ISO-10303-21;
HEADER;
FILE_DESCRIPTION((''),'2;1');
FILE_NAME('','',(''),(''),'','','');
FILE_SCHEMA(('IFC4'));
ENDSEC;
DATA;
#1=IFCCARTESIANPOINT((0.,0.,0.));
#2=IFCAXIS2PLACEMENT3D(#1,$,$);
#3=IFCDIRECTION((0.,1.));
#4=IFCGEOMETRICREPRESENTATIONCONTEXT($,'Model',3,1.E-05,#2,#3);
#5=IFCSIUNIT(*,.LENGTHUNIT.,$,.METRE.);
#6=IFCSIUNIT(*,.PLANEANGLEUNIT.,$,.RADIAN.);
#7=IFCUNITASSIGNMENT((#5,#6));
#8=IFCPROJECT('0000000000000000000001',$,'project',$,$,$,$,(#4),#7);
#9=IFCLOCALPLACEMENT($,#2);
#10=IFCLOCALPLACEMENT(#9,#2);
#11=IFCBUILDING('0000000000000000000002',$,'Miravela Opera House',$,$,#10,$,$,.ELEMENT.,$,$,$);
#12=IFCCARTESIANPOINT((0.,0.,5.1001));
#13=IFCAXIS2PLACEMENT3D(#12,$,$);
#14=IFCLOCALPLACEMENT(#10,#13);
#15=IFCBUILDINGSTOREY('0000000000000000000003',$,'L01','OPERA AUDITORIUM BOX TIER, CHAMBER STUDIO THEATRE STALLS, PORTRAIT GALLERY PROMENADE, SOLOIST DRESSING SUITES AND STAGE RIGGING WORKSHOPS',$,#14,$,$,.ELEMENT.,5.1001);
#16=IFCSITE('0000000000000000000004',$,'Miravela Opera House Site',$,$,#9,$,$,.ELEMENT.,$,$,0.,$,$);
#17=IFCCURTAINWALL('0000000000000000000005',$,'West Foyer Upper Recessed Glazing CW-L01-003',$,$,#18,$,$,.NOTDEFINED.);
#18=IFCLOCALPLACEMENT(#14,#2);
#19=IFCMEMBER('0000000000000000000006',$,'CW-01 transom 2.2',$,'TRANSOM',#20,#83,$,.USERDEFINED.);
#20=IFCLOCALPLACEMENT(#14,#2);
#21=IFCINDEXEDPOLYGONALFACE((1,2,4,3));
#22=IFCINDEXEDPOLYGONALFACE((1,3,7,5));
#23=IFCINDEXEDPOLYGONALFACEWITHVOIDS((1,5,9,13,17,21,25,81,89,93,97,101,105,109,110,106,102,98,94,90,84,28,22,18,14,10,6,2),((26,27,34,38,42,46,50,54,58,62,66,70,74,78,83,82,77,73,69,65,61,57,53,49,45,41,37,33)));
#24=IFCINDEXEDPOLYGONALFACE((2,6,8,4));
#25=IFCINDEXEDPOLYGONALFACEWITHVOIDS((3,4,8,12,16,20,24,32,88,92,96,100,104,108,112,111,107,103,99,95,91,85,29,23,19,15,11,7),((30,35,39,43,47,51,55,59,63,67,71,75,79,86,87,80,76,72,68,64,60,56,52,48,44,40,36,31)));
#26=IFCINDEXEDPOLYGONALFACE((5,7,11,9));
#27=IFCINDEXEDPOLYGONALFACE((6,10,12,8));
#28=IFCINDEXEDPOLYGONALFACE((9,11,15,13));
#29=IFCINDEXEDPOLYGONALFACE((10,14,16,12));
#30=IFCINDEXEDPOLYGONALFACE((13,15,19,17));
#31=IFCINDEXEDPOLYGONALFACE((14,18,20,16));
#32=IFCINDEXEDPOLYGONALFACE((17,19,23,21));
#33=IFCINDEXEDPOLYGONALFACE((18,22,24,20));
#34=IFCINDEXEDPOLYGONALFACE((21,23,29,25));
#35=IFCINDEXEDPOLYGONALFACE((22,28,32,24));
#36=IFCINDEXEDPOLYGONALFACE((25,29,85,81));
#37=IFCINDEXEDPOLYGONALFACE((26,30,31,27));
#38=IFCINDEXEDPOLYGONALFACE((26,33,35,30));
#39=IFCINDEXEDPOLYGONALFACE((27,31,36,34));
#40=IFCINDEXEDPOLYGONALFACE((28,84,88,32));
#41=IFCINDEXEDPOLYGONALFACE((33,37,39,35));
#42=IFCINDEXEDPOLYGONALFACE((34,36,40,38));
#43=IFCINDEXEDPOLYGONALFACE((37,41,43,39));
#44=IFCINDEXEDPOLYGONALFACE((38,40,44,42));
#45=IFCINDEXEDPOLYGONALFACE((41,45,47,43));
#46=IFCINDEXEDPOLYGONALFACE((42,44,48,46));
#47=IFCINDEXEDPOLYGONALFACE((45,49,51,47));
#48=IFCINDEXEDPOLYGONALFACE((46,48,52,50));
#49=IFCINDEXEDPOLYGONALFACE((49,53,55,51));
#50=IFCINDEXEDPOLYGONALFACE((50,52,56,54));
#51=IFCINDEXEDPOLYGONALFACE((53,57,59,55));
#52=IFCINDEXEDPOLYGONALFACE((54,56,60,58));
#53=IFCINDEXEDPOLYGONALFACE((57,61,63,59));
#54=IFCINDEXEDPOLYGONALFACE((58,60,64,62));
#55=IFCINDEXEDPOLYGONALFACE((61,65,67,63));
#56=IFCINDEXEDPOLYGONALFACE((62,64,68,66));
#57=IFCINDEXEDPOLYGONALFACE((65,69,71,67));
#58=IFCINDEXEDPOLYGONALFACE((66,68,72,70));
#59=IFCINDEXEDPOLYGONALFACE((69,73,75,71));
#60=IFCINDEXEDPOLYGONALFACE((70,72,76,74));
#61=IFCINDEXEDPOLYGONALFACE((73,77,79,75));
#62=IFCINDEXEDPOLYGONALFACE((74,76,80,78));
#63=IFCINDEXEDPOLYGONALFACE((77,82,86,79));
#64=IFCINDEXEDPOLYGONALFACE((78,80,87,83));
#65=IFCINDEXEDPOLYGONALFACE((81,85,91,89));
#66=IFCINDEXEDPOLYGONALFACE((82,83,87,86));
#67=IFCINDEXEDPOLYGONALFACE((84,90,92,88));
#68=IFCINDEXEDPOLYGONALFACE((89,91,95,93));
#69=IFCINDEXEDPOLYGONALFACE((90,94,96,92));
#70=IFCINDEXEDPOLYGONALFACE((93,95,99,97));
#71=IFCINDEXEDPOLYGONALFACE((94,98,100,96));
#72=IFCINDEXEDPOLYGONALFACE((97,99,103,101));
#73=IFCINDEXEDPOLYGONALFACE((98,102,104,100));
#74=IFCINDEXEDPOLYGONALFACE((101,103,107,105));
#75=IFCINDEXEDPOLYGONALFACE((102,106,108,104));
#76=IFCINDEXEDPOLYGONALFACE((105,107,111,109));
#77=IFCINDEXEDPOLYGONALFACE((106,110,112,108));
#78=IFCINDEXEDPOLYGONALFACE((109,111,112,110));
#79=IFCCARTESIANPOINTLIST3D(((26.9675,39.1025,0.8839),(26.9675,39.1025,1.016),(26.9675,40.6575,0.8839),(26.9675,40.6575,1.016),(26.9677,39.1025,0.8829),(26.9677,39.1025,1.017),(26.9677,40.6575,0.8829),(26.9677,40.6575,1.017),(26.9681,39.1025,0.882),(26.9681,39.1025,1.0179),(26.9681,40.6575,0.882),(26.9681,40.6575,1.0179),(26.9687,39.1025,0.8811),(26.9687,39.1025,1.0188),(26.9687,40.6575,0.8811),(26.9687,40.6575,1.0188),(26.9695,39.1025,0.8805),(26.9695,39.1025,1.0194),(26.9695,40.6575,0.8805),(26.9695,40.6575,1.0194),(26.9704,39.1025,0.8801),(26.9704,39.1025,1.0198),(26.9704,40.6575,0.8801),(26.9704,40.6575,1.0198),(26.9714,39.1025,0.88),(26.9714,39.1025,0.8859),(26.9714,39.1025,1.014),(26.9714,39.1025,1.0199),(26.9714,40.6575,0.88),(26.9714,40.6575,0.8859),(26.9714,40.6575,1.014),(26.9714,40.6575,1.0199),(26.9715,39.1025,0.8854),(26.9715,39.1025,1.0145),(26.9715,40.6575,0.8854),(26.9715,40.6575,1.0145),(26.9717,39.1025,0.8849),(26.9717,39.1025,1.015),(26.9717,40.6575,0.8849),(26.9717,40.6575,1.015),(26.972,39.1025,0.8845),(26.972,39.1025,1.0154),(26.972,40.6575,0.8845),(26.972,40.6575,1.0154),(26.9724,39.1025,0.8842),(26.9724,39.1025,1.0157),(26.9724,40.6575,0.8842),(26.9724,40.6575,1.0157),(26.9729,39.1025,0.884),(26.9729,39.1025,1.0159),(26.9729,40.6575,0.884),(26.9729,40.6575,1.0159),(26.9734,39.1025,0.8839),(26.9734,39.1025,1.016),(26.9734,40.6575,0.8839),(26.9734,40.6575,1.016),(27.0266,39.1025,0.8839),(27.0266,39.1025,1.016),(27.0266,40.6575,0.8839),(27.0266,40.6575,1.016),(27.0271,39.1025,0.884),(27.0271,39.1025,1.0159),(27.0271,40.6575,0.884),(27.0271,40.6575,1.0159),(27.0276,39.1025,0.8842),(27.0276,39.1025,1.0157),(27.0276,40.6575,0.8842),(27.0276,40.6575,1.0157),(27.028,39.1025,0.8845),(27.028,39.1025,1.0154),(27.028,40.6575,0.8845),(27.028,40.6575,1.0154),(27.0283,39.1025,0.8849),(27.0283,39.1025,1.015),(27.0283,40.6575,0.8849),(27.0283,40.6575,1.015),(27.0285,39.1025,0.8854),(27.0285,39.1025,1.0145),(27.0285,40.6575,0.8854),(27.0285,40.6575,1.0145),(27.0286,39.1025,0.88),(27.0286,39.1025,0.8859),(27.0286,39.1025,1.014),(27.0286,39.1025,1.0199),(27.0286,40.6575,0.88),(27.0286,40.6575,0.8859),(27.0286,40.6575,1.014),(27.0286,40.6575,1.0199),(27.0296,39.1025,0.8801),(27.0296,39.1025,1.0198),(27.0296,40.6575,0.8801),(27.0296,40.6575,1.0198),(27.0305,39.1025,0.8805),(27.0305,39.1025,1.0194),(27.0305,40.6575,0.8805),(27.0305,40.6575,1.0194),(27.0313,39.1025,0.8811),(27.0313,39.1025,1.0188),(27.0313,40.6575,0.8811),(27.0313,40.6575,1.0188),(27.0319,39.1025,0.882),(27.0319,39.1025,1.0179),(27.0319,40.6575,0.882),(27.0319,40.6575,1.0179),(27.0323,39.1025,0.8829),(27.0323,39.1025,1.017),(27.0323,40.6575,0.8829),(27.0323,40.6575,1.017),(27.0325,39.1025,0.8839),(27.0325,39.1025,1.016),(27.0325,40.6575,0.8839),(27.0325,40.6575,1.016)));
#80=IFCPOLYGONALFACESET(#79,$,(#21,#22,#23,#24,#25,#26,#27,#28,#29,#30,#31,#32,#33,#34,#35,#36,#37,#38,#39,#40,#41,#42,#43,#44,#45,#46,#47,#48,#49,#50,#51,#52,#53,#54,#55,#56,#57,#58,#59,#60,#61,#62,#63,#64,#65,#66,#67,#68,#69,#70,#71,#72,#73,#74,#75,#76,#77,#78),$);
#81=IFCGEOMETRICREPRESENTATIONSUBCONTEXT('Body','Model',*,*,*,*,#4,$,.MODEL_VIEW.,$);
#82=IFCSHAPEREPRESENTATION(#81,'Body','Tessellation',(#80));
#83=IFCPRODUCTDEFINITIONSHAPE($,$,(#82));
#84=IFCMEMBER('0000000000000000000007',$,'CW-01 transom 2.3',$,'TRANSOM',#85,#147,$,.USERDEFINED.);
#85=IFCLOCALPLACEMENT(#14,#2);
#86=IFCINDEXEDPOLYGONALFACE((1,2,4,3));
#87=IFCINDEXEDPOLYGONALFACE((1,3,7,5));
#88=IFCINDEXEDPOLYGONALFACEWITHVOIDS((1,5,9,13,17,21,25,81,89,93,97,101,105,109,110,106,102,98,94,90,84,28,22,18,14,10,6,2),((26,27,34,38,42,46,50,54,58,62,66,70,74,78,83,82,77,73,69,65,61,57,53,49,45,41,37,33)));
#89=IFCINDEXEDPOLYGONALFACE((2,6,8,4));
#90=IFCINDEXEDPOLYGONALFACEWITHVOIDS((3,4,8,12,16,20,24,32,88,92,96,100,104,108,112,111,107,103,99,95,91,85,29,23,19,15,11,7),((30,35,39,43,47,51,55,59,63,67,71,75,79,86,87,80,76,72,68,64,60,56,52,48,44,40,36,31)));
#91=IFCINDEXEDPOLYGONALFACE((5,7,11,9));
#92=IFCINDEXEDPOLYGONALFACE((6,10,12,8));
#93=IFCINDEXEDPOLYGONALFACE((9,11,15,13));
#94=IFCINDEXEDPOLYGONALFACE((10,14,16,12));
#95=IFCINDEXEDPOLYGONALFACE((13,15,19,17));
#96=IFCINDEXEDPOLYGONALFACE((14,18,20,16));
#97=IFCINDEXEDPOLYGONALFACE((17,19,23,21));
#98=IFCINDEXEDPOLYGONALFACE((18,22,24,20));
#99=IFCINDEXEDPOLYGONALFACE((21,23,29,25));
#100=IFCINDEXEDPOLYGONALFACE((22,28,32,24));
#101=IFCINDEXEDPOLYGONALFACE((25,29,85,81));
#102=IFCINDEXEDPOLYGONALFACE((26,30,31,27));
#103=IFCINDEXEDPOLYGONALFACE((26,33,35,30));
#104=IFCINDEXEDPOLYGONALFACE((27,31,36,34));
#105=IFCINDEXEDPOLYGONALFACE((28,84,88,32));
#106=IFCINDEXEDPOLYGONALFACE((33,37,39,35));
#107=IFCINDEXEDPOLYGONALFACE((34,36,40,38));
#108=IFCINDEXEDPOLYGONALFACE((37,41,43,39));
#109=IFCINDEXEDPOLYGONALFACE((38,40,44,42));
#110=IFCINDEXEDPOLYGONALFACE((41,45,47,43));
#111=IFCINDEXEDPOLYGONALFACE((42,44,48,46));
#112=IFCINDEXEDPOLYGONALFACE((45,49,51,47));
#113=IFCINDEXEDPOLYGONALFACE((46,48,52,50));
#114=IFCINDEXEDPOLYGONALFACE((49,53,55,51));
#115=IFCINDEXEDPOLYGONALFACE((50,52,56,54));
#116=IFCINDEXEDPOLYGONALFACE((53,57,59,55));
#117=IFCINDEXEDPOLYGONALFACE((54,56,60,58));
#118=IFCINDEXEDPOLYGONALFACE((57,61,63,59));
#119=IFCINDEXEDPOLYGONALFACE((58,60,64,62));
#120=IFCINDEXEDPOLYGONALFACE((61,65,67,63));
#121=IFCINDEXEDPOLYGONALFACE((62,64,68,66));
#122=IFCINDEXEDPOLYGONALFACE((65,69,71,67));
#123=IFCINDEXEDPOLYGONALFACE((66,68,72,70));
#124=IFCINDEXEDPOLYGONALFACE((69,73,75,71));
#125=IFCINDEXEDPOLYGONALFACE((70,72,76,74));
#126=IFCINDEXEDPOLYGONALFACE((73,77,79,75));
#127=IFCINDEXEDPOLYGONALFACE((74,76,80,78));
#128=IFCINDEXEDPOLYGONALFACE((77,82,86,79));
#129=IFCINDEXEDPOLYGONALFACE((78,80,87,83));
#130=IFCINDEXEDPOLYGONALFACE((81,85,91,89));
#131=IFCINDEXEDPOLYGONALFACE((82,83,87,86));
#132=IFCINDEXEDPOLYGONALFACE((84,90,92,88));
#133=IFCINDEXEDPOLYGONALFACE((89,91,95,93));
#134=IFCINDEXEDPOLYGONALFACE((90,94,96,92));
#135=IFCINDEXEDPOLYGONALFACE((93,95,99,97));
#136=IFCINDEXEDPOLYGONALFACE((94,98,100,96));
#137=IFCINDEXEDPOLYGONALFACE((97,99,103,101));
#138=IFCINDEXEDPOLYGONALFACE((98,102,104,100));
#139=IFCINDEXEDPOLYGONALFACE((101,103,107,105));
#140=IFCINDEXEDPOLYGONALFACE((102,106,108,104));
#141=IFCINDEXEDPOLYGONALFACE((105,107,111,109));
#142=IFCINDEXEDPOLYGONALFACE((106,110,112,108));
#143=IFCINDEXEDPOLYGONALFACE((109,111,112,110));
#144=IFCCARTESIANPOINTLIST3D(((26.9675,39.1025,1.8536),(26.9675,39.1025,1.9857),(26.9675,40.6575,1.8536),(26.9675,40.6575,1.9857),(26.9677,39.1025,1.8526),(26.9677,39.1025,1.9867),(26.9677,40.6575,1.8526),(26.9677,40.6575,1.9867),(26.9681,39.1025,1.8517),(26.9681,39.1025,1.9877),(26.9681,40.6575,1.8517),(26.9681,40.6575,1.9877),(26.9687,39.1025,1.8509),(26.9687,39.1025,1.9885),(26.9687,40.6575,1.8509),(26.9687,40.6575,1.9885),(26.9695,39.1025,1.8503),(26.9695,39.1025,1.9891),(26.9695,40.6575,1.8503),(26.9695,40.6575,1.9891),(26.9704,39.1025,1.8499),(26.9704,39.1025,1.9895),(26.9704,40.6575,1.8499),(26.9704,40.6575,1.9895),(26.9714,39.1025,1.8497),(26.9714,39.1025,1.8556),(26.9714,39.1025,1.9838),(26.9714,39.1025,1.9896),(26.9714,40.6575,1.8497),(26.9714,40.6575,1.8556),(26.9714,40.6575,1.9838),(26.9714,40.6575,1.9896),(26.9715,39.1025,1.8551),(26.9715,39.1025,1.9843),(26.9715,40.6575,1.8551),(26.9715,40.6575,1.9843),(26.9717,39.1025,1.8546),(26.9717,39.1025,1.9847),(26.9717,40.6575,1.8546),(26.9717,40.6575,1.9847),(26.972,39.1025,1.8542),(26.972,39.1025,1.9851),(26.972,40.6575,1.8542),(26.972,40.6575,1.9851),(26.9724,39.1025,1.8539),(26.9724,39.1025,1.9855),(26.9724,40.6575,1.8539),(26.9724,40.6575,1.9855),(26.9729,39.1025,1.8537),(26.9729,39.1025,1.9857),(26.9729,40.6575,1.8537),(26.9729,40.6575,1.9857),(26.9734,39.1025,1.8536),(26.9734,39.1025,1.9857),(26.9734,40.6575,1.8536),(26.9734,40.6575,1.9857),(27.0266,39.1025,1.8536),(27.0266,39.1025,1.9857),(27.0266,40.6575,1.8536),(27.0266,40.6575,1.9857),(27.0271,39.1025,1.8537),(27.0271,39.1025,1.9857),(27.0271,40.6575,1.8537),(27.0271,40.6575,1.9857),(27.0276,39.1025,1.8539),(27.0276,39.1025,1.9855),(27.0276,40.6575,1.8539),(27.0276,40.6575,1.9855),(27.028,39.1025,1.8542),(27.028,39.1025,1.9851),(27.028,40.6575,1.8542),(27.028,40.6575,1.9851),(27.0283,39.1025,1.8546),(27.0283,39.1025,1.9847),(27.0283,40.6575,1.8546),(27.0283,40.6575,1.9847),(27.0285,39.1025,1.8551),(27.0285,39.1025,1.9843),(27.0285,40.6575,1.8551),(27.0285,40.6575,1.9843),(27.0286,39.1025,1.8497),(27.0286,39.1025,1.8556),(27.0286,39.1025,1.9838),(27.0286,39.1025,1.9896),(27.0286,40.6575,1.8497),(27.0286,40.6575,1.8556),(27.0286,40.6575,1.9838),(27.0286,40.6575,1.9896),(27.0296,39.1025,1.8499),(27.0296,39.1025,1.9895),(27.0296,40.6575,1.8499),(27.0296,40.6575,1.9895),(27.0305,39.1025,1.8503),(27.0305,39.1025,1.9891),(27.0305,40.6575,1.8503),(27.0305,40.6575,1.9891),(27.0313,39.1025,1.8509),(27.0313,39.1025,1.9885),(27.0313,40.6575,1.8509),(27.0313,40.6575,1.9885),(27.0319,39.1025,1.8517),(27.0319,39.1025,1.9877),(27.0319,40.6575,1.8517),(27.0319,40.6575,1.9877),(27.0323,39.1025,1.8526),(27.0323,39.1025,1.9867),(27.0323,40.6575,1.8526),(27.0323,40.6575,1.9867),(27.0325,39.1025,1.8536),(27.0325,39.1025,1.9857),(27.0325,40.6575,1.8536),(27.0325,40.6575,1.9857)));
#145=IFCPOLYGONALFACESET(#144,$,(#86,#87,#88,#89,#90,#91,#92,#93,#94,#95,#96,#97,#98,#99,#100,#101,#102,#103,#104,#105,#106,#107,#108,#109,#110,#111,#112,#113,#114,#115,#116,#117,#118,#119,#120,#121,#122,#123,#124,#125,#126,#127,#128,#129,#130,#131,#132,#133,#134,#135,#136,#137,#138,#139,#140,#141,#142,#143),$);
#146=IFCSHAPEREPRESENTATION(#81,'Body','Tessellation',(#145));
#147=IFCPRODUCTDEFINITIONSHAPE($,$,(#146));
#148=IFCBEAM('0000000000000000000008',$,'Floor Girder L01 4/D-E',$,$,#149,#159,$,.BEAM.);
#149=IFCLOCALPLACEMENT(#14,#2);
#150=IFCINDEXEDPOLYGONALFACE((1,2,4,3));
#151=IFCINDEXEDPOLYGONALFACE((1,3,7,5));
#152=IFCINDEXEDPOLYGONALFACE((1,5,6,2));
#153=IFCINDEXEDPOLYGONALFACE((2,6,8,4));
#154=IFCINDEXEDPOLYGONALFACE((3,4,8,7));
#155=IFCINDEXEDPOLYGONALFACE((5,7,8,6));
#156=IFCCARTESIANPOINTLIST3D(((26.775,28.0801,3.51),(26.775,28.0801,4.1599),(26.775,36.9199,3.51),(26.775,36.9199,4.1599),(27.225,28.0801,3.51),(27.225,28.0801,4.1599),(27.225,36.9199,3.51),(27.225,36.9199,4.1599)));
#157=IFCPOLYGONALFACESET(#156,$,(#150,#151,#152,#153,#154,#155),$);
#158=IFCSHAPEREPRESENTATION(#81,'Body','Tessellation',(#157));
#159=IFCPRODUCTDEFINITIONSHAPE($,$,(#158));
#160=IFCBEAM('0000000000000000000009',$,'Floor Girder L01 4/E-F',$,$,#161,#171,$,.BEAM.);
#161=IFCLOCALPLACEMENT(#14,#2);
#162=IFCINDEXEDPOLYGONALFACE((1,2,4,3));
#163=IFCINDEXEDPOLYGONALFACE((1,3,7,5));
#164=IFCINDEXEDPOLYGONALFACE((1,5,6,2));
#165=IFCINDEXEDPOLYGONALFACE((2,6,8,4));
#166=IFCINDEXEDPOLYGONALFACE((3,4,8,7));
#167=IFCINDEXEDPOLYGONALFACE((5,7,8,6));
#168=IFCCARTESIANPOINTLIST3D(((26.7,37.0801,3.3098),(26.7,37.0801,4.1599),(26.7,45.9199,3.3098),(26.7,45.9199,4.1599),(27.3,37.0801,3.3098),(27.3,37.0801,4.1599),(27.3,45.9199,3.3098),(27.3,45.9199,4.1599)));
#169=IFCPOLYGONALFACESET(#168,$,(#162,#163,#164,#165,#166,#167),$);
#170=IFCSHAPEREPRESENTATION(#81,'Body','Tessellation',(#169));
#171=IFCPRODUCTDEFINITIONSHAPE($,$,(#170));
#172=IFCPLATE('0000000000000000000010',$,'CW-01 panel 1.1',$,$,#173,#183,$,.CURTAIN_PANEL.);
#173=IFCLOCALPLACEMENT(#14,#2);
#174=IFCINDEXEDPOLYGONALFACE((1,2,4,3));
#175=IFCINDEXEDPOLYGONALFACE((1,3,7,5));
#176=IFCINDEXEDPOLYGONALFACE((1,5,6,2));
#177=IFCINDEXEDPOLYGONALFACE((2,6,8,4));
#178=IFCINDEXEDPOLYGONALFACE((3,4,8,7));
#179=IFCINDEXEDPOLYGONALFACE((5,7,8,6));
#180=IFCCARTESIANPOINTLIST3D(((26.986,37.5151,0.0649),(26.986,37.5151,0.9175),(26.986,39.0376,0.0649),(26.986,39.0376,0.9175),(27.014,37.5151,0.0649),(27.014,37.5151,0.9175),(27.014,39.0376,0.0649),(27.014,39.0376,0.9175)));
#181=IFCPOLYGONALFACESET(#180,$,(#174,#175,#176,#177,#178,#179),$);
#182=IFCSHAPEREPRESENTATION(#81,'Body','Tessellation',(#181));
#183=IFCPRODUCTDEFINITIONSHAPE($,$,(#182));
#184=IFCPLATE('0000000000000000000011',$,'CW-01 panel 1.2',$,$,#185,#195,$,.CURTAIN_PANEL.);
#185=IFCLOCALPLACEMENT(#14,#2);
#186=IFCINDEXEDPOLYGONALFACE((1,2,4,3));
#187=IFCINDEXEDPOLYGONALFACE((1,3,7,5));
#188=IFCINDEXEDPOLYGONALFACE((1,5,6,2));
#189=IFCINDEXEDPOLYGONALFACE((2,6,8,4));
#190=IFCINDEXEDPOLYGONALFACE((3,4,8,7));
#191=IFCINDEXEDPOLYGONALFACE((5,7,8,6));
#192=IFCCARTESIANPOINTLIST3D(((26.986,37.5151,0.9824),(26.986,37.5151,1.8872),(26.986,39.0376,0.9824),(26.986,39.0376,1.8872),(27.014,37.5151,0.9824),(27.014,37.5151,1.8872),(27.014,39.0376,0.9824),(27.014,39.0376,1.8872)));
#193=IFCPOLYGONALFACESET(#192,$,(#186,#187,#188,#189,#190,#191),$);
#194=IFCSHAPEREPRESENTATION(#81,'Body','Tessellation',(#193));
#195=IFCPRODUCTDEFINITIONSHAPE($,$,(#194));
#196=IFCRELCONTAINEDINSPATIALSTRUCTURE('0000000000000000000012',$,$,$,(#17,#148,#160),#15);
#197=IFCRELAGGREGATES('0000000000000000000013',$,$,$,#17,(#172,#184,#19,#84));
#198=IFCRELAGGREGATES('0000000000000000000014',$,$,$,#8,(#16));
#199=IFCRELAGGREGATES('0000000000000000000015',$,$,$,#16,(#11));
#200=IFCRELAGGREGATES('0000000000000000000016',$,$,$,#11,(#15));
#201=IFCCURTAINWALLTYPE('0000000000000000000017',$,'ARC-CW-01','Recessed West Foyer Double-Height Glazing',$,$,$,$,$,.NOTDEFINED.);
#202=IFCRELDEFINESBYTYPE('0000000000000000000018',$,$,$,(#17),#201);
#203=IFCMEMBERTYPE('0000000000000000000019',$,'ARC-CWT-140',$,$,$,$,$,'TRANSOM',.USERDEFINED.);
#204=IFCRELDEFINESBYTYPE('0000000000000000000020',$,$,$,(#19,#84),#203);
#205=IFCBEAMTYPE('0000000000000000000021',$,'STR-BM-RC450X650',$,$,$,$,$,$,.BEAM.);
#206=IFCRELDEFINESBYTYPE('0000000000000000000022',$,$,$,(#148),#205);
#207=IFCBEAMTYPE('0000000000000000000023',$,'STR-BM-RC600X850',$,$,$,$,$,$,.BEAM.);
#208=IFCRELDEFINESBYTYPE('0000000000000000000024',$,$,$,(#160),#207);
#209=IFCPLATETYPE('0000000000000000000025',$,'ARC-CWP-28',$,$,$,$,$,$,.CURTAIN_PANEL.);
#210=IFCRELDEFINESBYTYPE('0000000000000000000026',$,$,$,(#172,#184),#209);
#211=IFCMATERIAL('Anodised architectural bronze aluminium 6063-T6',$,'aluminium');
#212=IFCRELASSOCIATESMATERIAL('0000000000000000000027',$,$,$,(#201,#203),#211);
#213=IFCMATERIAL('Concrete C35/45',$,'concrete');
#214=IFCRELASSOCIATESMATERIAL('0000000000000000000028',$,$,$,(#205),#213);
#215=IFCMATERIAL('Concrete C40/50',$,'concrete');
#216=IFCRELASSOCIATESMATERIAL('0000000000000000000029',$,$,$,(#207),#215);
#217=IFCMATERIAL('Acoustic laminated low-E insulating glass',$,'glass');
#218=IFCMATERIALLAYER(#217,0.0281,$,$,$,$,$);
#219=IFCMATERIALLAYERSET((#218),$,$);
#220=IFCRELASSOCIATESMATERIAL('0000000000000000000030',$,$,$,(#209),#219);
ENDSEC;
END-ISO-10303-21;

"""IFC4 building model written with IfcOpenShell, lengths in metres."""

from ifc_helpers import new_model, si_unit, direction, frame, origin, origin_2d, place, context, subcontext, project, spatial, rectangle, hollow_rectangle, extrude, material, layer, layer_set, material_profile, profile_set, type_object, element, aggregate, save


model = new_model("IFC4")

# Units and contexts
model_context = context("Model", 3, precision=1e-05, world=origin(), true_north=direction((0.0, 1.0)))
body_context = subcontext(model_context, "Body", "Model", "MODEL_VIEW")
ifc_project = project(units=[si_unit("LENGTHUNIT", "METRE"), si_unit("PLANEANGLEUNIT", "RADIAN")], contexts=[model_context])

# Site, building, storey
site_placement = place(None, origin())
site = spatial("IfcSite", under=ifc_project, at=site_placement, Name="Miravela Opera House Site", CompositionType="ELEMENT", RefElevation=0.0)
building_placement = place(site_placement, origin())
building = spatial("IfcBuilding", under=site, at=building_placement, Name="Miravela Opera House", CompositionType="ELEMENT")
storey_placement = place(building_placement, frame((0.0, 0.0, 5.1001)))
storey = spatial("IfcBuildingStorey", under=building, at=storey_placement, Name="L01", Description="OPERA AUDITORIUM BOX TIER, CHAMBER STUDIO THEATRE STALLS, PORTRAIT GALLERY PROMENADE, SOLOIST DRESSING SUITES AND STAGE RIGGING WORKSHOPS", CompositionType="ELEMENT", Elevation=5.1001)

# Shared definitions
ifc_material_1 = material(Name="Concrete C35/45", Category="concrete")
ifc_material_2 = material(Name="Concrete C40/50", Category="concrete")

# Shared definitions
ifc_material_3 = material(Name="Anodised architectural bronze aluminium 6063-T6", Category="aluminium")

# Curtain wall
curtain_wall_type_1 = type_object("IfcCurtainWallType", Name="ARC-CW-01", Description="Recessed West Foyer Double-Height Glazing", PredefinedType="NOTDEFINED", material=ifc_material_3)
curtain_wall_1_placement = place(storey_placement, origin())
curtain_wall_1 = element("IfcCurtainWall", 1, at=curtain_wall_1_placement, inside=storey, type_object=curtain_wall_type_1, Name="West Foyer Upper Recessed Glazing CW-L01-003", PredefinedType="NOTDEFINED")

# Members
ifc_material_profile_1 = material_profile(ifc_material_3, hollow_rectangle(XDim=0.0649, YDim=0.1399, WallThickness=0.0039, InnerFilletRadius=0.002, OuterFilletRadius=0.0039, at=origin_2d()), Name="CWT-65X140")
ifc_profile_set_1 = profile_set([ifc_material_profile_1])
member_type_1 = type_object("IfcMemberType", Name="ARC-CWT-140", ElementType="TRANSOM", PredefinedType="USERDEFINED", material=ifc_profile_set_1)
member_1_placement = place(storey_placement, frame((27.0, 39.1025, 0.95), z_axis=(0.0, 1.0, 0.0), x_axis=(-1.0, 0.0, 0.0)))
member_1 = element("IfcMember", 2, at=member_1_placement, type_object=member_type_1, Name="CW-01 transom 2.2", ObjectType="TRANSOM", PredefinedType="USERDEFINED", context=body_context, shape_type="SweptSolid", body=[
    extrude(hollow_rectangle(XDim=0.0649, YDim=0.1399, WallThickness=0.0039, InnerFilletRadius=0.002, OuterFilletRadius=0.0039, at=origin_2d()), origin(), (0.0, 0.0, 1.0), 1.5549),
])
member_2_placement = place(storey_placement, frame((27.0, 39.1025, 1.9197), z_axis=(0.0, 1.0, 0.0), x_axis=(-1.0, 0.0, 0.0)))
member_2 = element("IfcMember", 3, at=member_2_placement, type_object=member_type_1, Name="CW-01 transom 2.3", ObjectType="TRANSOM", PredefinedType="USERDEFINED", context=body_context, shape_type="SweptSolid", body=[
    extrude(hollow_rectangle(XDim=0.0649, YDim=0.1399, WallThickness=0.0039, InnerFilletRadius=0.002, OuterFilletRadius=0.0039, at=origin_2d()), origin(), (0.0, 0.0, 1.0), 1.5549),
])

# Beams
ifc_material_profile_2 = material_profile(ifc_material_1, rectangle(XDim=0.45, YDim=0.6499, at=origin_2d()), Name="RC-BM-450X650")
ifc_profile_set_2 = profile_set([ifc_material_profile_2])
beam_type_1 = type_object("IfcBeamType", Name="STR-BM-RC450X650", PredefinedType="BEAM", material=ifc_profile_set_2)
beam_1_placement = place(storey_placement, frame((27.0, 28.0801, 3.835), z_axis=(0.0, 1.0, 0.0), x_axis=(-1.0, 0.0, 0.0)))
element("IfcBeam", 4, at=beam_1_placement, inside=storey, type_object=beam_type_1, Name="Floor Girder L01 4/D-E", PredefinedType="BEAM", context=body_context, shape_type="SweptSolid", body=[
    extrude(rectangle(XDim=0.45, YDim=0.6499, at=origin_2d()), origin(), (0.0, 0.0, 1.0), 8.8398),
])
ifc_material_profile_3 = material_profile(ifc_material_2, rectangle(XDim=0.6001, YDim=0.8501, at=origin_2d()), Name="RC-BM-600X850")
ifc_profile_set_3 = profile_set([ifc_material_profile_3])
beam_type_2 = type_object("IfcBeamType", Name="STR-BM-RC600X850", PredefinedType="BEAM", material=ifc_profile_set_3)
beam_2_placement = place(storey_placement, frame((27.0, 37.0801, 3.7349), z_axis=(0.0, 1.0, 0.0), x_axis=(-1.0, 0.0, 0.0)))
element("IfcBeam", 5, at=beam_2_placement, inside=storey, type_object=beam_type_2, Name="Floor Girder L01 4/E-F", PredefinedType="BEAM", context=body_context, shape_type="SweptSolid", body=[
    extrude(rectangle(XDim=0.6001, YDim=0.8501, at=origin_2d()), origin(), (0.0, 0.0, 1.0), 8.8398),
])

# Plates
ifc_material_4 = material(Name="Acoustic laminated low-E insulating glass", Category="glass")
ifc_layer = layer(ifc_material_4, 0.0281)
ifc_layer_set = layer_set([ifc_layer])
plate_type = type_object("IfcPlateType", Name="ARC-CWP-28", PredefinedType="CURTAIN_PANEL", material=ifc_layer_set)
plate_1_placement = place(storey_placement, frame((27.0, 38.2764, 0.0649), z_axis=(0.0, 0.0, 1.0), x_axis=(0.0, 1.0, 0.0)))
plate_1 = element("IfcPlate", 6, at=plate_1_placement, type_object=plate_type, Name="CW-01 panel 1.1", PredefinedType="CURTAIN_PANEL", context=body_context, shape_type="SweptSolid", body=[
    extrude(rectangle(XDim=1.5225, YDim=0.0281, at=origin_2d()), origin(), (0.0, 0.0, 1.0), 0.8525),
])
plate_2_placement = place(storey_placement, frame((27.0, 38.2764, 0.9824), z_axis=(0.0, 0.0, 1.0), x_axis=(0.0, 1.0, 0.0)))
plate_2 = element("IfcPlate", 7, at=plate_2_placement, type_object=plate_type, Name="CW-01 panel 1.2", PredefinedType="CURTAIN_PANEL", context=body_context, shape_type="SweptSolid", body=[
    extrude(rectangle(XDim=1.5225, YDim=0.0281, at=origin_2d()), origin(), (0.0, 0.0, 1.0), 0.9048),
])
aggregate(curtain_wall_1, [plate_1, plate_2, member_1, member_2])

save(model, "model.ifc")
